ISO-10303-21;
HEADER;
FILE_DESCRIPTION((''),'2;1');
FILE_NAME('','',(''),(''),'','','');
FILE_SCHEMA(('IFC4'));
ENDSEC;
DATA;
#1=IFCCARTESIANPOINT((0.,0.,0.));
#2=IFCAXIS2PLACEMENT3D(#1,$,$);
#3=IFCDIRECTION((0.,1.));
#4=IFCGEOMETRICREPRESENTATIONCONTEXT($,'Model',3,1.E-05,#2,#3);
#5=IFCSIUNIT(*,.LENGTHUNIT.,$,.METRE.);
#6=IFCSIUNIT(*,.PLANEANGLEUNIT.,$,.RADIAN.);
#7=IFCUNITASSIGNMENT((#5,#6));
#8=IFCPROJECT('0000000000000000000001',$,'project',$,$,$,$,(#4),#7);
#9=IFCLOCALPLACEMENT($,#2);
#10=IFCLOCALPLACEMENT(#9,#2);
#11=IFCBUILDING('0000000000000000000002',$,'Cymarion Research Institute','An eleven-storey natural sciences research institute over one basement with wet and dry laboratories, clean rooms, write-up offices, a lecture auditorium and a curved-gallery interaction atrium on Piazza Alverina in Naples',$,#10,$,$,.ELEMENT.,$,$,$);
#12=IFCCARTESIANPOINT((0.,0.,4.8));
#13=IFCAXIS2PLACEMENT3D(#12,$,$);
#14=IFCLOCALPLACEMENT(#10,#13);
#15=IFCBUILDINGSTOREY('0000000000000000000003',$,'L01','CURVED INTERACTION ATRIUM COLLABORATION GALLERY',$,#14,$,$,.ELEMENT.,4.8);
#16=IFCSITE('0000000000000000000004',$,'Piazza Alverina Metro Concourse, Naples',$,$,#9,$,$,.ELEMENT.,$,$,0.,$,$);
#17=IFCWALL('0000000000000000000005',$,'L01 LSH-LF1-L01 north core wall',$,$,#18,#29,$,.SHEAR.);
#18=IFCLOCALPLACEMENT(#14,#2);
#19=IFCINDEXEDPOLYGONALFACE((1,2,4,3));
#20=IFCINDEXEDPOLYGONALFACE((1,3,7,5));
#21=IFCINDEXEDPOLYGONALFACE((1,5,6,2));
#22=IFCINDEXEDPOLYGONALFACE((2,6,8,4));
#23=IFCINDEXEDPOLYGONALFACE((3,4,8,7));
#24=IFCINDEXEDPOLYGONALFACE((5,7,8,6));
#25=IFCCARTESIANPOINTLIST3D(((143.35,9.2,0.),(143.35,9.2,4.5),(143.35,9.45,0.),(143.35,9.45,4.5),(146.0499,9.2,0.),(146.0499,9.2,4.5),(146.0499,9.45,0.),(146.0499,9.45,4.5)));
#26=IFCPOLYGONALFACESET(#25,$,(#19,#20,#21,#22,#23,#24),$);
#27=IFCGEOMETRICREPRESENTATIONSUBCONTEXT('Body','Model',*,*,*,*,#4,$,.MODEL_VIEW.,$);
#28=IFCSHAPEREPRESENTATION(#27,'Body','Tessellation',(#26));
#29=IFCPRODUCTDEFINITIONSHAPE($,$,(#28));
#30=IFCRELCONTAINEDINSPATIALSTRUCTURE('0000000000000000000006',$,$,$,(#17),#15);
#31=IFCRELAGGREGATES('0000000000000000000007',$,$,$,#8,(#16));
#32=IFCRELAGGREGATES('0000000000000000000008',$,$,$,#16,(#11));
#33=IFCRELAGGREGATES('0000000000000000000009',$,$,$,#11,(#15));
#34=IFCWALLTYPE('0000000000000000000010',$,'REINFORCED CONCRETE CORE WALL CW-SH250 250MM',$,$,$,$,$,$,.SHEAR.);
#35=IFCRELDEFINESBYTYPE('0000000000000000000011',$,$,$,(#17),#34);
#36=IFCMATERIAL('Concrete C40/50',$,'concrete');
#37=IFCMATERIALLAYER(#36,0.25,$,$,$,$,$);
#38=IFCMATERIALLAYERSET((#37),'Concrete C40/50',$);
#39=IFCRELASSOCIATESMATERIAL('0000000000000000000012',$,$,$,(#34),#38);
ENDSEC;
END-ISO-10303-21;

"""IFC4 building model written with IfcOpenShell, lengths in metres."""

from ifc_helpers import new_model, si_unit, direction, frame, frame_2d, origin, place, context, subcontext, project, spatial, rectangle, extrude, material, layer, layer_set, type_object, element, save


model = new_model("IFC4")

# Units and contexts
model_context = context("Model", 3, precision=1e-05, world=origin(), true_north=direction((0.0, 1.0)))
body_context = subcontext(model_context, "Body", "Model", "MODEL_VIEW")
ifc_project = project(units=[si_unit("LENGTHUNIT", "METRE"), si_unit("PLANEANGLEUNIT", "RADIAN")], contexts=[model_context])

# Site, building, storey
site_placement = place(None, origin())
site = spatial("IfcSite", under=ifc_project, at=site_placement, Name="Piazza Alverina Metro Concourse, Naples", CompositionType="ELEMENT", RefElevation=0.0)
building_placement = place(site_placement, origin())
building = spatial("IfcBuilding", under=site, at=building_placement, Name="Cymarion Research Institute", Description="An eleven-storey natural sciences research institute over one basement with wet and dry laboratories, clean rooms, write-up offices, a lecture auditorium and a curved-gallery interaction atrium on Piazza Alverina in Naples", CompositionType="ELEMENT")
storey_placement = place(building_placement, frame((0.0, 0.0, 4.8)))
storey = spatial("IfcBuildingStorey", under=building, at=storey_placement, Name="L01", Description="CURVED INTERACTION ATRIUM COLLABORATION GALLERY", CompositionType="ELEMENT", Elevation=4.8)

# Shared definitions
ifc_material_1 = material(Name="Concrete C40/50", Category="concrete")

# Wall
ifc_layer_1 = layer(ifc_material_1, 0.25)
ifc_layer_set_1 = layer_set([ifc_layer_1], Name="Concrete C40/50")
wall_type_1 = type_object("IfcWallType", Name="REINFORCED CONCRETE CORE WALL CW-SH250 250MM", PredefinedType="SHEAR", material=ifc_layer_set_1)
wall_1_placement = place(storey_placement, frame((146.05, 9.325, 0.0), z_axis=(0.0, 0.0, 1.0), x_axis=(-1.0, 0.0, 0.0)))
element("IfcWall", 1, at=wall_1_placement, inside=storey, type_object=wall_type_1, Name="L01 LSH-LF1-L01 north core wall", PredefinedType="SHEAR", context=body_context, shape_type="SweptSolid", body=[
    extrude(rectangle(XDim=2.7, YDim=0.25, at=frame_2d((1.3501, 0.0))), origin(), (0.0, 0.0, 1.0), 4.5),
])

save(model, "model.ifc")
